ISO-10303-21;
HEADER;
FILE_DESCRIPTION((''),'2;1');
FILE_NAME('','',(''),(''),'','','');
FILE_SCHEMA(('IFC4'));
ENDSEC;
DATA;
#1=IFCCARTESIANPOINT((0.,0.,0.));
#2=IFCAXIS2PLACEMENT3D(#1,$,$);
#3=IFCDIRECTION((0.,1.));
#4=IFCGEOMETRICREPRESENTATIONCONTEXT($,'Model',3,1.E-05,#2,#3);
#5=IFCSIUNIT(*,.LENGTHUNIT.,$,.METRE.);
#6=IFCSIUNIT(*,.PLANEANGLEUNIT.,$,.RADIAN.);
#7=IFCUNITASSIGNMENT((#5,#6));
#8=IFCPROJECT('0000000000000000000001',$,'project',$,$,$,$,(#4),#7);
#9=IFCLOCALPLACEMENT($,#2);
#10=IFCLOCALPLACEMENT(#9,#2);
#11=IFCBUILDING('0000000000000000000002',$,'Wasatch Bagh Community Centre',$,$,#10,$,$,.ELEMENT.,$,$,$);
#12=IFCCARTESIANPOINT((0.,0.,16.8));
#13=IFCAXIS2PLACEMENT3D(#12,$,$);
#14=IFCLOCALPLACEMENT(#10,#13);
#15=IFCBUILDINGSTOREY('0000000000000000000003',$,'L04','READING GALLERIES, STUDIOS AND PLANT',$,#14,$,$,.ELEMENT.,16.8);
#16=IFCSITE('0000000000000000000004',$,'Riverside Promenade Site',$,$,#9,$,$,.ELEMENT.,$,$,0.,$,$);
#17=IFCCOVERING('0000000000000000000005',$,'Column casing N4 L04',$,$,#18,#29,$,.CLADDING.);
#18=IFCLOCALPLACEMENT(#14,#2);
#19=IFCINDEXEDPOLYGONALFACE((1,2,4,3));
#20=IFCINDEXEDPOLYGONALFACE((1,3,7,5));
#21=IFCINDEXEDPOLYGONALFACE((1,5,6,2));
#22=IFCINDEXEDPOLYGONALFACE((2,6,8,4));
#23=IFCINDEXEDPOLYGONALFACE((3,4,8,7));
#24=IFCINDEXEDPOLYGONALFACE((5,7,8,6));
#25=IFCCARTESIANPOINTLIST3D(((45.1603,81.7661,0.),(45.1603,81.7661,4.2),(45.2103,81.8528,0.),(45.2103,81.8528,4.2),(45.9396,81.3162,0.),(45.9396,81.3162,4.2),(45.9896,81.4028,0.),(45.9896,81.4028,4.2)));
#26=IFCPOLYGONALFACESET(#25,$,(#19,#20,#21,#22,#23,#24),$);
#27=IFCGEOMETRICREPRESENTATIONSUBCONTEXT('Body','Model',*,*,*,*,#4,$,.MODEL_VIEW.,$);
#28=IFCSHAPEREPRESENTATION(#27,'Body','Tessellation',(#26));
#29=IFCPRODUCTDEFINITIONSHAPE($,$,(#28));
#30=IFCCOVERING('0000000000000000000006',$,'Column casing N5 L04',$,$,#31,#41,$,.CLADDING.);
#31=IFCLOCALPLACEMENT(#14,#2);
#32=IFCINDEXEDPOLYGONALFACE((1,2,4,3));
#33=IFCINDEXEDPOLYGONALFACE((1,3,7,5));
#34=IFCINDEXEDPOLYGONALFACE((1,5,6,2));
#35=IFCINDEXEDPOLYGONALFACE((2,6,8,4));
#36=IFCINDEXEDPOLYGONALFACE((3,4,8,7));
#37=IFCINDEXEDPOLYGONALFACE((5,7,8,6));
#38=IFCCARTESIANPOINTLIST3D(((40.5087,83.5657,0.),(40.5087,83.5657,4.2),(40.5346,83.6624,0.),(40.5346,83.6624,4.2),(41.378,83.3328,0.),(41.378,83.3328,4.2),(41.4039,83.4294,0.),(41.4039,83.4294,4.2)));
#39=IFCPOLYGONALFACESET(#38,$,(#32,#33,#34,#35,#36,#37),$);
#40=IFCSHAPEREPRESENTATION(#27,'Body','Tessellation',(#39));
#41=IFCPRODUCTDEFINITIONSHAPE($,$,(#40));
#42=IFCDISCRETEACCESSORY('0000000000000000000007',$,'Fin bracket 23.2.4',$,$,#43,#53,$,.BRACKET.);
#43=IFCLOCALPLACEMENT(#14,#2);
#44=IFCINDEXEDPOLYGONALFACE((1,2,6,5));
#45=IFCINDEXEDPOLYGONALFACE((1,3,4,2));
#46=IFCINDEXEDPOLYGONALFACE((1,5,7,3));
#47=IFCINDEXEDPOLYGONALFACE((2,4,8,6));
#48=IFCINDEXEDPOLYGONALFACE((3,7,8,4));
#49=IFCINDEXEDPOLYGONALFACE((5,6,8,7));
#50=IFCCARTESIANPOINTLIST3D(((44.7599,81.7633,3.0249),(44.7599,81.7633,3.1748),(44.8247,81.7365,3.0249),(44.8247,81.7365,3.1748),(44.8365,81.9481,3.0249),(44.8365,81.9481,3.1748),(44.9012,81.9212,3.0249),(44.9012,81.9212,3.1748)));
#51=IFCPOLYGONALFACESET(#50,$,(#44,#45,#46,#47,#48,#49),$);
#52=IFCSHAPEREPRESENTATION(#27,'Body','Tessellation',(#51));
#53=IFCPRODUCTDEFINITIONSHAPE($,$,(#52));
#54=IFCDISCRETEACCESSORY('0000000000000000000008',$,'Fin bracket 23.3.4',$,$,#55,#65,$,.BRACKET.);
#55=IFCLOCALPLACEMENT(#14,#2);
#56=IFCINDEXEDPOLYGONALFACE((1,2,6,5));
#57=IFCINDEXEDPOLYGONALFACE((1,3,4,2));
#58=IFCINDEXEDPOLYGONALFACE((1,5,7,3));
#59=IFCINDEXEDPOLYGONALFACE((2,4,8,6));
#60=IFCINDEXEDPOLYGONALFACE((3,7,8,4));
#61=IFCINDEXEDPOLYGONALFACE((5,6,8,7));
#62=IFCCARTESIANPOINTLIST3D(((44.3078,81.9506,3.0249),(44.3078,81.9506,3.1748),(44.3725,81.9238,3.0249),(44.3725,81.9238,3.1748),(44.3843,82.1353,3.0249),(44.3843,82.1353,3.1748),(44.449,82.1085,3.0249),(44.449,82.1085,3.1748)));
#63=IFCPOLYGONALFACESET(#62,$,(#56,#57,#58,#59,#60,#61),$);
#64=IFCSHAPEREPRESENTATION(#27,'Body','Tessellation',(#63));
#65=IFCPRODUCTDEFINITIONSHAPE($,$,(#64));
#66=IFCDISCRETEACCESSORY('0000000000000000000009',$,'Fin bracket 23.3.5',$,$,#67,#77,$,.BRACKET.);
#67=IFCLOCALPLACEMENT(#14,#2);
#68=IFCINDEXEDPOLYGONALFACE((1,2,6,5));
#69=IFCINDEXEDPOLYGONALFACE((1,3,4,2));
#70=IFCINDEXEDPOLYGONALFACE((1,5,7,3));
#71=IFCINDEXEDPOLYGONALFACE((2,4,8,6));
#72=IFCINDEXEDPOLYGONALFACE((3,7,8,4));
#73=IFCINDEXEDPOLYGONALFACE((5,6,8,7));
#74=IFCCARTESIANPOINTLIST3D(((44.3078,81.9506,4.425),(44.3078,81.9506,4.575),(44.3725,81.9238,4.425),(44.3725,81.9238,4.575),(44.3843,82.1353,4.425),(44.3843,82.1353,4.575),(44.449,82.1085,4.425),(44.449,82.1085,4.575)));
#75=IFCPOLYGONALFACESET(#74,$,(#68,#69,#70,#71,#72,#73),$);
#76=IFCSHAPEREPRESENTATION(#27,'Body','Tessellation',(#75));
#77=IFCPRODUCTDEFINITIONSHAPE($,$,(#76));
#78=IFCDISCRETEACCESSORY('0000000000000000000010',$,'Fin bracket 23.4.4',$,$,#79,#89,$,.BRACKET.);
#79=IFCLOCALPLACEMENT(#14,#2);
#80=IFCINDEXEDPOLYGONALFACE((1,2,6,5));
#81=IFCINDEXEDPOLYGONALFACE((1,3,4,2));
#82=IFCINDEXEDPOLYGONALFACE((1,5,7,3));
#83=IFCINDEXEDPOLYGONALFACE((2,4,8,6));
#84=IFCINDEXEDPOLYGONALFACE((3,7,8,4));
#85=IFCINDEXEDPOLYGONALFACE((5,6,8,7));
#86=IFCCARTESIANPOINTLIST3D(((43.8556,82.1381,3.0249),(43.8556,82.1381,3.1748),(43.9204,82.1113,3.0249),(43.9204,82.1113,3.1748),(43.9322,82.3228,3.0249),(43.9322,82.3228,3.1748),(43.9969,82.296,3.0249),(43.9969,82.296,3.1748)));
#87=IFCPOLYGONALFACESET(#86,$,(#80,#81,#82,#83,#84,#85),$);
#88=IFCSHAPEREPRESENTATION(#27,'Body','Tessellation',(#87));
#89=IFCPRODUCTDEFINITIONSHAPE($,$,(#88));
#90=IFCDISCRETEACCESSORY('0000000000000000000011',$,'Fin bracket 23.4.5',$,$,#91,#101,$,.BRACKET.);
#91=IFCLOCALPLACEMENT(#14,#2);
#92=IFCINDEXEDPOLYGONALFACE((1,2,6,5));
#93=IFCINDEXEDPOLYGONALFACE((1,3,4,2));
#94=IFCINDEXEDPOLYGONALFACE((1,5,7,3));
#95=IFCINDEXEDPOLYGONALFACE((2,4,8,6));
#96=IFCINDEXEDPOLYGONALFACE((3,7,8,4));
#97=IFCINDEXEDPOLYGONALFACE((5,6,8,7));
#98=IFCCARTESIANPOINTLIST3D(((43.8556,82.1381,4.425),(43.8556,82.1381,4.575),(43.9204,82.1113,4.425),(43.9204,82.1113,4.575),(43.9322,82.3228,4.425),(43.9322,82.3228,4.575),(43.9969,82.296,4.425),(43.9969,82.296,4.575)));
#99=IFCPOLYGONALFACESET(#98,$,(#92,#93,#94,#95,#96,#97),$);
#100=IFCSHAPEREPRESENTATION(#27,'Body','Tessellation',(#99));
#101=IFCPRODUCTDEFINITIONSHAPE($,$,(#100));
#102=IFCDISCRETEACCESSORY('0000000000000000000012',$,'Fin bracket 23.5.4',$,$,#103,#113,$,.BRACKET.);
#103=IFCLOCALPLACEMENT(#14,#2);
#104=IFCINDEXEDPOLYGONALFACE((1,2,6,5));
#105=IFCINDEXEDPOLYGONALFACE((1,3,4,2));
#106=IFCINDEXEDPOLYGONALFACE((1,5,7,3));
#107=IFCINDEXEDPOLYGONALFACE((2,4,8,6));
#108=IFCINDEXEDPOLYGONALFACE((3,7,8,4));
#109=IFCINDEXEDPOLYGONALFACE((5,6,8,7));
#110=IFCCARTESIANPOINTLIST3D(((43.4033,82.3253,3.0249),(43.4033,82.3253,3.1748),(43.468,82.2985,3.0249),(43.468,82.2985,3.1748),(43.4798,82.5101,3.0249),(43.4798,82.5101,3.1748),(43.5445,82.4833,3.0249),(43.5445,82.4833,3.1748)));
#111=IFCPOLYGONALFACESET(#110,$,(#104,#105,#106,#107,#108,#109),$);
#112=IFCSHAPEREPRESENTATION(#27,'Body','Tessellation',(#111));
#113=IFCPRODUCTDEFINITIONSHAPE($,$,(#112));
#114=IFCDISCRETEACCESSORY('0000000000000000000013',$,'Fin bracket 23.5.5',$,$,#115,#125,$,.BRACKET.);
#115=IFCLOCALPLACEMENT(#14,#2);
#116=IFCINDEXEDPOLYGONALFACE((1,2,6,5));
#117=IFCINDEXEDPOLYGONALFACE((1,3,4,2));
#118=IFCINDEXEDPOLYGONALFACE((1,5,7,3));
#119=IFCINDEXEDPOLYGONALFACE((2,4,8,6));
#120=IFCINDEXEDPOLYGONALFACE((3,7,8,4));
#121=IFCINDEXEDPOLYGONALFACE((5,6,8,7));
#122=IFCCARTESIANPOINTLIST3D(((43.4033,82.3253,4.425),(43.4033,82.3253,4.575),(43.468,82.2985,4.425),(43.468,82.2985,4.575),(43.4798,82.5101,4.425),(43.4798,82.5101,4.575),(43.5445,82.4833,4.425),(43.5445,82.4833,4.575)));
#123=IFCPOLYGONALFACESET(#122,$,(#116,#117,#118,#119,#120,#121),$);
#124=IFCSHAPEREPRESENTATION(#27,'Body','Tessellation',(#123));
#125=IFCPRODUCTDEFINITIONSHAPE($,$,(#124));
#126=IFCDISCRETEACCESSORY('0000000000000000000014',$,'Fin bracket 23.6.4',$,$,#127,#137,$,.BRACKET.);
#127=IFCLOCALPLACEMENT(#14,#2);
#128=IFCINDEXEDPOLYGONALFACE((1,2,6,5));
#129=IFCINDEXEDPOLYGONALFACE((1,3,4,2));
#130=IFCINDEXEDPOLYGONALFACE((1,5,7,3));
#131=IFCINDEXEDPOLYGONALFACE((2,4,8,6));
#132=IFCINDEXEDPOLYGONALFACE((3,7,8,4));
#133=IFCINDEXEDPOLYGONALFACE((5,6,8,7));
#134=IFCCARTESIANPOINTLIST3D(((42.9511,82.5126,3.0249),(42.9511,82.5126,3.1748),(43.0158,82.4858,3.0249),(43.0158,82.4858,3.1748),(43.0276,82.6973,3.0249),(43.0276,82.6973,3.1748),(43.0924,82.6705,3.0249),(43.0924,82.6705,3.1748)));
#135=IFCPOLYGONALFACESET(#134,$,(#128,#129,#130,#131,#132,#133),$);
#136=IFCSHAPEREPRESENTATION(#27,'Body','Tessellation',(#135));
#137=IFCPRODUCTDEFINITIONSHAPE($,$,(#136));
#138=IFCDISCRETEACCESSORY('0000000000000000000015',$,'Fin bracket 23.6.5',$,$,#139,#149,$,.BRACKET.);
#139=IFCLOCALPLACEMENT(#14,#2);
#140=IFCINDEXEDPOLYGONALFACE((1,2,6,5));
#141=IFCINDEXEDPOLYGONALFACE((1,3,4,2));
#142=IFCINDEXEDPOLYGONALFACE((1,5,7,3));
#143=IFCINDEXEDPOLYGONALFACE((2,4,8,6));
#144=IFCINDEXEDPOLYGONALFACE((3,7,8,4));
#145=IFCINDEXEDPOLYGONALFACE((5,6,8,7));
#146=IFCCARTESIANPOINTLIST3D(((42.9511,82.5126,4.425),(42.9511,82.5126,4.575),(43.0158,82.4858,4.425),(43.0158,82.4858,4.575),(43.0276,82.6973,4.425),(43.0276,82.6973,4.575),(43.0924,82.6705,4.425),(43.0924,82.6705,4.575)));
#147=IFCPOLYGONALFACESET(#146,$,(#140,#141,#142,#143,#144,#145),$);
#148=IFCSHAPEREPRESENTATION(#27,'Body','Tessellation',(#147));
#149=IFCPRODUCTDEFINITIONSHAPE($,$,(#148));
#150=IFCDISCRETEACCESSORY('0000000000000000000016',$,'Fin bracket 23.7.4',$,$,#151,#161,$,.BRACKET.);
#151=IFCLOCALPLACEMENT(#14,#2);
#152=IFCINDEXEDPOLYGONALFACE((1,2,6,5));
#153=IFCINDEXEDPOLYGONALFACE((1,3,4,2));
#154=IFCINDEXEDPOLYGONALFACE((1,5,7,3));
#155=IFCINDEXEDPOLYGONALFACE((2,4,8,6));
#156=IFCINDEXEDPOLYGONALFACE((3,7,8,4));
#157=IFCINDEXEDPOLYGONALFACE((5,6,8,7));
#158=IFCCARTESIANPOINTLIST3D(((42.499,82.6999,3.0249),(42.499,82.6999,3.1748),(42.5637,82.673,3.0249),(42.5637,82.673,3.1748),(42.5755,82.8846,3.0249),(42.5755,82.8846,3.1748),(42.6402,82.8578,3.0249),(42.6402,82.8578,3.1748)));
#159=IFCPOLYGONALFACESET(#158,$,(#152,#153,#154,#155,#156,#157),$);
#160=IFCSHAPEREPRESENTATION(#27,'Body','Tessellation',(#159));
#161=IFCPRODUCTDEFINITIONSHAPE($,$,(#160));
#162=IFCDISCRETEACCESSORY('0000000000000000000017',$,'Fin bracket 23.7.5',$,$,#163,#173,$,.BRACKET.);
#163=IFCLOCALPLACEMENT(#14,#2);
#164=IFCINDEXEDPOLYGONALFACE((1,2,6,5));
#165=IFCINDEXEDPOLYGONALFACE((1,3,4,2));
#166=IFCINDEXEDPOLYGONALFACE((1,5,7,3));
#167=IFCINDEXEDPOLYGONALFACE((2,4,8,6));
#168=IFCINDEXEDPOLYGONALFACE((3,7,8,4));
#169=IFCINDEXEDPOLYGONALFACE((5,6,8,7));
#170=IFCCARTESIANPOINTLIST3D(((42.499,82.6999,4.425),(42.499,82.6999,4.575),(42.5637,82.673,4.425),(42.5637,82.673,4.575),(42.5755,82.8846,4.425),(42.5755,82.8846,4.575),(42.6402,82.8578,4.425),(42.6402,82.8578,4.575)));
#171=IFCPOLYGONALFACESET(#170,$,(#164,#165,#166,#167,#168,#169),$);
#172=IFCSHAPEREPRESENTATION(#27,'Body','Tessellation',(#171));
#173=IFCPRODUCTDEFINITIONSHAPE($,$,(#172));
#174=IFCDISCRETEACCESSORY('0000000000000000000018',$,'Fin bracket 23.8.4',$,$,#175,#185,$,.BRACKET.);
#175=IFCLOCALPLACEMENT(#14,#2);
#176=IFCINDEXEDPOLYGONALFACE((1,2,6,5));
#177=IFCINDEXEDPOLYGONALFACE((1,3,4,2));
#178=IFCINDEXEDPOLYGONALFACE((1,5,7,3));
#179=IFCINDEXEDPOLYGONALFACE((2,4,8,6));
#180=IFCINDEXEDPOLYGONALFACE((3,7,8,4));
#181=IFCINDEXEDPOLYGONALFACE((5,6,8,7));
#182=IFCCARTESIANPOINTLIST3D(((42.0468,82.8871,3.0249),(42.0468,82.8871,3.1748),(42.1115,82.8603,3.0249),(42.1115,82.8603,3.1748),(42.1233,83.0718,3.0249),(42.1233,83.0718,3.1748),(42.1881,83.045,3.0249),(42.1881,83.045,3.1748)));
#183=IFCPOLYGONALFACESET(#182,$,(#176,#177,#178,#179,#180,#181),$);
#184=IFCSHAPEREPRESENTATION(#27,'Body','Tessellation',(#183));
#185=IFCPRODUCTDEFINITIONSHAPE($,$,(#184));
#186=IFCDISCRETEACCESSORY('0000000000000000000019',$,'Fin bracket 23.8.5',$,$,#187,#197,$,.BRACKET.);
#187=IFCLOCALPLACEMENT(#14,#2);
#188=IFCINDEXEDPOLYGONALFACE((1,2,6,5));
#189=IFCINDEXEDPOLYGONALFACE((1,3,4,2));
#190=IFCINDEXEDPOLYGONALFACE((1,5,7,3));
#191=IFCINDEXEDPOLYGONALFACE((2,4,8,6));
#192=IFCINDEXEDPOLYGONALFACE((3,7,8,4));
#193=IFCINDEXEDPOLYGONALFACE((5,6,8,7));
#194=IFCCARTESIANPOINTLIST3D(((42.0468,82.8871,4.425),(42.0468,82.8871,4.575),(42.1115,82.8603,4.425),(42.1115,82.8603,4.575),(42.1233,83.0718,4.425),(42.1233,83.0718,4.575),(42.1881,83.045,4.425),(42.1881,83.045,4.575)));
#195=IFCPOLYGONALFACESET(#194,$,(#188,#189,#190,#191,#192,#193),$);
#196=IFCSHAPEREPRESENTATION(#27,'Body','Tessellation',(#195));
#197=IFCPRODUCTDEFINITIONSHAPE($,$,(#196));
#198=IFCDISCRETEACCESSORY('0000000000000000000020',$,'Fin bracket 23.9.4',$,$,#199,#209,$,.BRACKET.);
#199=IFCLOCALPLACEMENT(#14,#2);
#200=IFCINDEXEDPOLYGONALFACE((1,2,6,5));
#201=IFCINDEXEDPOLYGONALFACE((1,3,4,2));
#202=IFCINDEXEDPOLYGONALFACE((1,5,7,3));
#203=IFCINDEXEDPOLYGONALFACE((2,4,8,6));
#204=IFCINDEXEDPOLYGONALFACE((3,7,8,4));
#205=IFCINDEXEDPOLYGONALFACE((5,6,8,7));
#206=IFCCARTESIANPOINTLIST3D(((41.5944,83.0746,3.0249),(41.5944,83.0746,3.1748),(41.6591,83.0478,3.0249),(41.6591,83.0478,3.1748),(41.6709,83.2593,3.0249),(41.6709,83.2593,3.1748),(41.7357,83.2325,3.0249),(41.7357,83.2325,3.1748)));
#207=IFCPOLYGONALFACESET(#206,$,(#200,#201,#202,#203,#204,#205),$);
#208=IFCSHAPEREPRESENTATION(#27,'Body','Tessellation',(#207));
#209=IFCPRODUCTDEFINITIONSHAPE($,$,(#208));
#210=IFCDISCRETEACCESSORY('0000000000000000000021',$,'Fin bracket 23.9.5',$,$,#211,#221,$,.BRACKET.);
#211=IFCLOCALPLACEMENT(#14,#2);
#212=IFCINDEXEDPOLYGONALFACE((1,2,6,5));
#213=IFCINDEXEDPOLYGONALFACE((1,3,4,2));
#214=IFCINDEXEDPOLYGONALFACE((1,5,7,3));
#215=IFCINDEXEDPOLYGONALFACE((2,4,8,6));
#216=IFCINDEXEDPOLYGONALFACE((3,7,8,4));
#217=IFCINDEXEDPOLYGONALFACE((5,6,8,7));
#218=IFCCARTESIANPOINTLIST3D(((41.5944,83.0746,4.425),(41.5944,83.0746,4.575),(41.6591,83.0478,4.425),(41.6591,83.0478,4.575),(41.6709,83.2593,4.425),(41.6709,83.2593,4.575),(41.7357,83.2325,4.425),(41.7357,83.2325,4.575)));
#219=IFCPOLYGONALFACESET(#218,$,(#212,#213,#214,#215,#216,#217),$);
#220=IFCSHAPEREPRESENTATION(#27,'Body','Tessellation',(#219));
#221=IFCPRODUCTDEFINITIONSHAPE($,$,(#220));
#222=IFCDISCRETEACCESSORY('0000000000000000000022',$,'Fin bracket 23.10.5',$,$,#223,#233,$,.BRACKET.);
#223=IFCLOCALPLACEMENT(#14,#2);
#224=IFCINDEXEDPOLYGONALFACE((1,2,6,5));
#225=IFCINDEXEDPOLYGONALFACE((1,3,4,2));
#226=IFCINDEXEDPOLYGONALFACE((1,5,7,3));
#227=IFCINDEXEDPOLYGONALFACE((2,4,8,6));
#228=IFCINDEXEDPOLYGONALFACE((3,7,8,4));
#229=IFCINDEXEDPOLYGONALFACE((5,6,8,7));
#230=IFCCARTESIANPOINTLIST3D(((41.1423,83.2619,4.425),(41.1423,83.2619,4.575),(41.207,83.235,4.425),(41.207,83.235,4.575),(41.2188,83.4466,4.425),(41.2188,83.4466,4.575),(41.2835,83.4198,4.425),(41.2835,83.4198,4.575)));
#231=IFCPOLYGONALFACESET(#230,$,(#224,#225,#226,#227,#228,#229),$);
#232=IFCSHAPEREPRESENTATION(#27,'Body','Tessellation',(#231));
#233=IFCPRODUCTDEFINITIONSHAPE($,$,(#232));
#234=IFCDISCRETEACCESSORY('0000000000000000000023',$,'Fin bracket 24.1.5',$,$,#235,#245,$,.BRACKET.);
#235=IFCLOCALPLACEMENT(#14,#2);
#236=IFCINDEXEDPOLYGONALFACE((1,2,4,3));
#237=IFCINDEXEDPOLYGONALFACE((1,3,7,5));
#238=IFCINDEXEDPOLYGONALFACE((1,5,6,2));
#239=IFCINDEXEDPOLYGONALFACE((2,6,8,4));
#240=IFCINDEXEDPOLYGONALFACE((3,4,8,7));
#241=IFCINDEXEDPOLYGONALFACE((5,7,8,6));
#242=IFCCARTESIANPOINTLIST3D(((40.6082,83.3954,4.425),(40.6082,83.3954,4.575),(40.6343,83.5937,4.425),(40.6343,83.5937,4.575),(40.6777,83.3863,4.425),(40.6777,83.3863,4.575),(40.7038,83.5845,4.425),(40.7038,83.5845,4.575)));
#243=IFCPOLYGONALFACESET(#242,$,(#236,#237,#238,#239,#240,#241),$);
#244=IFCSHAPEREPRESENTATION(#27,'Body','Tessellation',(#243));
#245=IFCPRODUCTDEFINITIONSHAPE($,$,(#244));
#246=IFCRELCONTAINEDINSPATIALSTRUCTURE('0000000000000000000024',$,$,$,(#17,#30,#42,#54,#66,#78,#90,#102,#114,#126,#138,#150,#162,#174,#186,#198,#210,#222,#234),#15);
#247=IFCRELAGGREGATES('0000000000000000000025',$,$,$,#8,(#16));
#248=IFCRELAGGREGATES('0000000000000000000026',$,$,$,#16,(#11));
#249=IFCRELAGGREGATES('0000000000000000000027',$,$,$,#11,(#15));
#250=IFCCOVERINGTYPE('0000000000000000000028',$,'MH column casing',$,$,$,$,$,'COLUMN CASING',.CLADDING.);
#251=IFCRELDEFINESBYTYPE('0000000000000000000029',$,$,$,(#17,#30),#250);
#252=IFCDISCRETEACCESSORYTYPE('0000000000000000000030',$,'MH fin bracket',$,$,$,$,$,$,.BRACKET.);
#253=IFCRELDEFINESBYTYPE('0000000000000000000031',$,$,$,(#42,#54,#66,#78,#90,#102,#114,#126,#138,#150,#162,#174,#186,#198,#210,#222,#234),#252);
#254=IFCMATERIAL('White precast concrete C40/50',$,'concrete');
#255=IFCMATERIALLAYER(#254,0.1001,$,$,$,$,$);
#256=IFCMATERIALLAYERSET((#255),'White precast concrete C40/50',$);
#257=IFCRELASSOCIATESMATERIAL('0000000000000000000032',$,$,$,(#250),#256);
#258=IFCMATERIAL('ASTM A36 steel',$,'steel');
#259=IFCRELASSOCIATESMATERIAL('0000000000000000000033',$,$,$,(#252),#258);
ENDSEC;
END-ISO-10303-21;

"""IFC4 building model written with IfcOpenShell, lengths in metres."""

from ifc_helpers import new_model, si_unit, direction, frame, origin, origin_2d, place, context, subcontext, project, spatial, rectangle, extrude, material, layer, layer_set, type_object, element, save


model = new_model("IFC4")

# Units and contexts
model_context = context("Model", 3, precision=1e-05, world=origin(), true_north=direction((0.0, 1.0)))
body_context = subcontext(model_context, "Body", "Model", "MODEL_VIEW")
ifc_project = project(units=[si_unit("LENGTHUNIT", "METRE"), si_unit("PLANEANGLEUNIT", "RADIAN")], contexts=[model_context])

# Site, building, storey
site_placement = place(None, origin())
site = spatial("IfcSite", under=ifc_project, at=site_placement, Name="Riverside Promenade Site", CompositionType="ELEMENT", RefElevation=0.0)
building_placement = place(site_placement, origin())
building = spatial("IfcBuilding", under=site, at=building_placement, Name="Wasatch Bagh Community Centre", CompositionType="ELEMENT")
storey_placement = place(building_placement, frame((0.0, 0.0, 16.8)))
storey = spatial("IfcBuildingStorey", under=building, at=storey_placement, Name="L04", Description="READING GALLERIES, STUDIOS AND PLANT", CompositionType="ELEMENT", Elevation=16.8)

# Coverings
ifc_material_1 = material(Name="White precast concrete C40/50", Category="concrete")
ifc_layer_1 = layer(ifc_material_1, 0.1001)
ifc_layer_set_1 = layer_set([ifc_layer_1], Name="White precast concrete C40/50")
covering_type = type_object("IfcCoveringType", Name="MH column casing", ElementType="COLUMN CASING", PredefinedType="CLADDING", material=ifc_layer_set_1)
for number, where, z_axis, x_axis, name in (
    (1, (45.575, 81.5845, 0.0), (0.0, 0.0, 1.0), (-0.866025, 0.5, 0.0), "Column casing N4 L04"),
    (2, (40.9563, 83.4976, 0.0), (0.0, 0.0, 1.0), (-0.965926, 0.258819, 0.0), "Column casing N5 L04"),
):
    element("IfcCovering", number, at=place(storey_placement, frame(where, z_axis=z_axis, x_axis=x_axis)), inside=storey, type_object=covering_type, Name=name, PredefinedType="CLADDING", context=body_context, shape_type="SweptSolid", body=[
        extrude(rectangle(XDim=0.8999, YDim=0.1001, at=origin_2d()), origin(), (0.0, 0.0, 1.0), 4.2),
    ])

# Discrete accessories
ifc_material_2 = material(Name="ASTM A36 steel", Category="steel")
discrete_accessory_type = type_object("IfcDiscreteAccessoryType", Name="MH fin bracket", PredefinedType="BRACKET", material=ifc_material_2)
for number, where, z_axis, x_axis, name in (
    (3, (44.8306, 81.8423, 3.0249), (0.0, 0.0, 1.0), (-0.92388, 0.382683, 0.0), "Fin bracket 23.2.4"),
    (4, (44.3784, 82.0295, 3.0249), (0.0, 0.0, 1.0), (-0.92388, 0.382683, 0.0), "Fin bracket 23.3.4"),
    (5, (44.3784, 82.0295, 4.425), (0.0, 0.0, 1.0), (-0.92388, 0.382683, 0.0), "Fin bracket 23.3.5"),
    (6, (43.9263, 82.217, 3.0249), (0.0, 0.0, 1.0), (-0.92388, 0.382683, 0.0), "Fin bracket 23.4.4"),
    (7, (43.9263, 82.217, 4.425), (0.0, 0.0, 1.0), (-0.92388, 0.382683, 0.0), "Fin bracket 23.4.5"),
    (8, (43.4739, 82.4043, 3.0249), (0.0, 0.0, 1.0), (-0.92388, 0.382683, 0.0), "Fin bracket 23.5.4"),
    (9, (43.4739, 82.4043, 4.425), (0.0, 0.0, 1.0), (-0.92388, 0.382683, 0.0), "Fin bracket 23.5.5"),
    (10, (43.0217, 82.5916, 3.0249), (0.0, 0.0, 1.0), (-0.92388, 0.382683, 0.0), "Fin bracket 23.6.4"),
    (11, (43.0217, 82.5916, 4.425), (0.0, 0.0, 1.0), (-0.92388, 0.382683, 0.0), "Fin bracket 23.6.5"),
    (12, (42.5696, 82.7788, 3.0249), (0.0, 0.0, 1.0), (-0.92388, 0.382683, 0.0), "Fin bracket 23.7.4"),
    (13, (42.5696, 82.7788, 4.425), (0.0, 0.0, 1.0), (-0.92388, 0.382683, 0.0), "Fin bracket 23.7.5"),
    (14, (42.1174, 82.9661, 3.0249), (0.0, 0.0, 1.0), (-0.92388, 0.382683, 0.0), "Fin bracket 23.8.4"),
    (15, (42.1174, 82.9661, 4.425), (0.0, 0.0, 1.0), (-0.92388, 0.382683, 0.0), "Fin bracket 23.8.5"),
    (16, (41.665, 83.1536, 3.0249), (0.0, 0.0, 1.0), (-0.92388, 0.382683, 0.0), "Fin bracket 23.9.4"),
    (17, (41.665, 83.1536, 4.425), (0.0, 0.0, 1.0), (-0.92388, 0.382683, 0.0), "Fin bracket 23.9.5"),
    (18, (41.2129, 83.3408, 4.425), (0.0, 0.0, 1.0), (-0.92388, 0.382683, 0.0), "Fin bracket 23.10.5"),
    (19, (40.656, 83.49, 4.425), (0.0, 0.0, 1.0), (-0.991445, 0.130526, 0.0), "Fin bracket 24.1.5"),
):
    element("IfcDiscreteAccessory", number, at=place(storey_placement, frame(where, z_axis=z_axis, x_axis=x_axis)), inside=storey, type_object=discrete_accessory_type, Name=name, PredefinedType="BRACKET", context=body_context, shape_type="SweptSolid", body=[
        extrude(rectangle(XDim=0.0701, YDim=0.2, at=origin_2d()), origin(), (0.0, 0.0, 1.0), 0.1499),
    ])

save(model, "model.ifc")
